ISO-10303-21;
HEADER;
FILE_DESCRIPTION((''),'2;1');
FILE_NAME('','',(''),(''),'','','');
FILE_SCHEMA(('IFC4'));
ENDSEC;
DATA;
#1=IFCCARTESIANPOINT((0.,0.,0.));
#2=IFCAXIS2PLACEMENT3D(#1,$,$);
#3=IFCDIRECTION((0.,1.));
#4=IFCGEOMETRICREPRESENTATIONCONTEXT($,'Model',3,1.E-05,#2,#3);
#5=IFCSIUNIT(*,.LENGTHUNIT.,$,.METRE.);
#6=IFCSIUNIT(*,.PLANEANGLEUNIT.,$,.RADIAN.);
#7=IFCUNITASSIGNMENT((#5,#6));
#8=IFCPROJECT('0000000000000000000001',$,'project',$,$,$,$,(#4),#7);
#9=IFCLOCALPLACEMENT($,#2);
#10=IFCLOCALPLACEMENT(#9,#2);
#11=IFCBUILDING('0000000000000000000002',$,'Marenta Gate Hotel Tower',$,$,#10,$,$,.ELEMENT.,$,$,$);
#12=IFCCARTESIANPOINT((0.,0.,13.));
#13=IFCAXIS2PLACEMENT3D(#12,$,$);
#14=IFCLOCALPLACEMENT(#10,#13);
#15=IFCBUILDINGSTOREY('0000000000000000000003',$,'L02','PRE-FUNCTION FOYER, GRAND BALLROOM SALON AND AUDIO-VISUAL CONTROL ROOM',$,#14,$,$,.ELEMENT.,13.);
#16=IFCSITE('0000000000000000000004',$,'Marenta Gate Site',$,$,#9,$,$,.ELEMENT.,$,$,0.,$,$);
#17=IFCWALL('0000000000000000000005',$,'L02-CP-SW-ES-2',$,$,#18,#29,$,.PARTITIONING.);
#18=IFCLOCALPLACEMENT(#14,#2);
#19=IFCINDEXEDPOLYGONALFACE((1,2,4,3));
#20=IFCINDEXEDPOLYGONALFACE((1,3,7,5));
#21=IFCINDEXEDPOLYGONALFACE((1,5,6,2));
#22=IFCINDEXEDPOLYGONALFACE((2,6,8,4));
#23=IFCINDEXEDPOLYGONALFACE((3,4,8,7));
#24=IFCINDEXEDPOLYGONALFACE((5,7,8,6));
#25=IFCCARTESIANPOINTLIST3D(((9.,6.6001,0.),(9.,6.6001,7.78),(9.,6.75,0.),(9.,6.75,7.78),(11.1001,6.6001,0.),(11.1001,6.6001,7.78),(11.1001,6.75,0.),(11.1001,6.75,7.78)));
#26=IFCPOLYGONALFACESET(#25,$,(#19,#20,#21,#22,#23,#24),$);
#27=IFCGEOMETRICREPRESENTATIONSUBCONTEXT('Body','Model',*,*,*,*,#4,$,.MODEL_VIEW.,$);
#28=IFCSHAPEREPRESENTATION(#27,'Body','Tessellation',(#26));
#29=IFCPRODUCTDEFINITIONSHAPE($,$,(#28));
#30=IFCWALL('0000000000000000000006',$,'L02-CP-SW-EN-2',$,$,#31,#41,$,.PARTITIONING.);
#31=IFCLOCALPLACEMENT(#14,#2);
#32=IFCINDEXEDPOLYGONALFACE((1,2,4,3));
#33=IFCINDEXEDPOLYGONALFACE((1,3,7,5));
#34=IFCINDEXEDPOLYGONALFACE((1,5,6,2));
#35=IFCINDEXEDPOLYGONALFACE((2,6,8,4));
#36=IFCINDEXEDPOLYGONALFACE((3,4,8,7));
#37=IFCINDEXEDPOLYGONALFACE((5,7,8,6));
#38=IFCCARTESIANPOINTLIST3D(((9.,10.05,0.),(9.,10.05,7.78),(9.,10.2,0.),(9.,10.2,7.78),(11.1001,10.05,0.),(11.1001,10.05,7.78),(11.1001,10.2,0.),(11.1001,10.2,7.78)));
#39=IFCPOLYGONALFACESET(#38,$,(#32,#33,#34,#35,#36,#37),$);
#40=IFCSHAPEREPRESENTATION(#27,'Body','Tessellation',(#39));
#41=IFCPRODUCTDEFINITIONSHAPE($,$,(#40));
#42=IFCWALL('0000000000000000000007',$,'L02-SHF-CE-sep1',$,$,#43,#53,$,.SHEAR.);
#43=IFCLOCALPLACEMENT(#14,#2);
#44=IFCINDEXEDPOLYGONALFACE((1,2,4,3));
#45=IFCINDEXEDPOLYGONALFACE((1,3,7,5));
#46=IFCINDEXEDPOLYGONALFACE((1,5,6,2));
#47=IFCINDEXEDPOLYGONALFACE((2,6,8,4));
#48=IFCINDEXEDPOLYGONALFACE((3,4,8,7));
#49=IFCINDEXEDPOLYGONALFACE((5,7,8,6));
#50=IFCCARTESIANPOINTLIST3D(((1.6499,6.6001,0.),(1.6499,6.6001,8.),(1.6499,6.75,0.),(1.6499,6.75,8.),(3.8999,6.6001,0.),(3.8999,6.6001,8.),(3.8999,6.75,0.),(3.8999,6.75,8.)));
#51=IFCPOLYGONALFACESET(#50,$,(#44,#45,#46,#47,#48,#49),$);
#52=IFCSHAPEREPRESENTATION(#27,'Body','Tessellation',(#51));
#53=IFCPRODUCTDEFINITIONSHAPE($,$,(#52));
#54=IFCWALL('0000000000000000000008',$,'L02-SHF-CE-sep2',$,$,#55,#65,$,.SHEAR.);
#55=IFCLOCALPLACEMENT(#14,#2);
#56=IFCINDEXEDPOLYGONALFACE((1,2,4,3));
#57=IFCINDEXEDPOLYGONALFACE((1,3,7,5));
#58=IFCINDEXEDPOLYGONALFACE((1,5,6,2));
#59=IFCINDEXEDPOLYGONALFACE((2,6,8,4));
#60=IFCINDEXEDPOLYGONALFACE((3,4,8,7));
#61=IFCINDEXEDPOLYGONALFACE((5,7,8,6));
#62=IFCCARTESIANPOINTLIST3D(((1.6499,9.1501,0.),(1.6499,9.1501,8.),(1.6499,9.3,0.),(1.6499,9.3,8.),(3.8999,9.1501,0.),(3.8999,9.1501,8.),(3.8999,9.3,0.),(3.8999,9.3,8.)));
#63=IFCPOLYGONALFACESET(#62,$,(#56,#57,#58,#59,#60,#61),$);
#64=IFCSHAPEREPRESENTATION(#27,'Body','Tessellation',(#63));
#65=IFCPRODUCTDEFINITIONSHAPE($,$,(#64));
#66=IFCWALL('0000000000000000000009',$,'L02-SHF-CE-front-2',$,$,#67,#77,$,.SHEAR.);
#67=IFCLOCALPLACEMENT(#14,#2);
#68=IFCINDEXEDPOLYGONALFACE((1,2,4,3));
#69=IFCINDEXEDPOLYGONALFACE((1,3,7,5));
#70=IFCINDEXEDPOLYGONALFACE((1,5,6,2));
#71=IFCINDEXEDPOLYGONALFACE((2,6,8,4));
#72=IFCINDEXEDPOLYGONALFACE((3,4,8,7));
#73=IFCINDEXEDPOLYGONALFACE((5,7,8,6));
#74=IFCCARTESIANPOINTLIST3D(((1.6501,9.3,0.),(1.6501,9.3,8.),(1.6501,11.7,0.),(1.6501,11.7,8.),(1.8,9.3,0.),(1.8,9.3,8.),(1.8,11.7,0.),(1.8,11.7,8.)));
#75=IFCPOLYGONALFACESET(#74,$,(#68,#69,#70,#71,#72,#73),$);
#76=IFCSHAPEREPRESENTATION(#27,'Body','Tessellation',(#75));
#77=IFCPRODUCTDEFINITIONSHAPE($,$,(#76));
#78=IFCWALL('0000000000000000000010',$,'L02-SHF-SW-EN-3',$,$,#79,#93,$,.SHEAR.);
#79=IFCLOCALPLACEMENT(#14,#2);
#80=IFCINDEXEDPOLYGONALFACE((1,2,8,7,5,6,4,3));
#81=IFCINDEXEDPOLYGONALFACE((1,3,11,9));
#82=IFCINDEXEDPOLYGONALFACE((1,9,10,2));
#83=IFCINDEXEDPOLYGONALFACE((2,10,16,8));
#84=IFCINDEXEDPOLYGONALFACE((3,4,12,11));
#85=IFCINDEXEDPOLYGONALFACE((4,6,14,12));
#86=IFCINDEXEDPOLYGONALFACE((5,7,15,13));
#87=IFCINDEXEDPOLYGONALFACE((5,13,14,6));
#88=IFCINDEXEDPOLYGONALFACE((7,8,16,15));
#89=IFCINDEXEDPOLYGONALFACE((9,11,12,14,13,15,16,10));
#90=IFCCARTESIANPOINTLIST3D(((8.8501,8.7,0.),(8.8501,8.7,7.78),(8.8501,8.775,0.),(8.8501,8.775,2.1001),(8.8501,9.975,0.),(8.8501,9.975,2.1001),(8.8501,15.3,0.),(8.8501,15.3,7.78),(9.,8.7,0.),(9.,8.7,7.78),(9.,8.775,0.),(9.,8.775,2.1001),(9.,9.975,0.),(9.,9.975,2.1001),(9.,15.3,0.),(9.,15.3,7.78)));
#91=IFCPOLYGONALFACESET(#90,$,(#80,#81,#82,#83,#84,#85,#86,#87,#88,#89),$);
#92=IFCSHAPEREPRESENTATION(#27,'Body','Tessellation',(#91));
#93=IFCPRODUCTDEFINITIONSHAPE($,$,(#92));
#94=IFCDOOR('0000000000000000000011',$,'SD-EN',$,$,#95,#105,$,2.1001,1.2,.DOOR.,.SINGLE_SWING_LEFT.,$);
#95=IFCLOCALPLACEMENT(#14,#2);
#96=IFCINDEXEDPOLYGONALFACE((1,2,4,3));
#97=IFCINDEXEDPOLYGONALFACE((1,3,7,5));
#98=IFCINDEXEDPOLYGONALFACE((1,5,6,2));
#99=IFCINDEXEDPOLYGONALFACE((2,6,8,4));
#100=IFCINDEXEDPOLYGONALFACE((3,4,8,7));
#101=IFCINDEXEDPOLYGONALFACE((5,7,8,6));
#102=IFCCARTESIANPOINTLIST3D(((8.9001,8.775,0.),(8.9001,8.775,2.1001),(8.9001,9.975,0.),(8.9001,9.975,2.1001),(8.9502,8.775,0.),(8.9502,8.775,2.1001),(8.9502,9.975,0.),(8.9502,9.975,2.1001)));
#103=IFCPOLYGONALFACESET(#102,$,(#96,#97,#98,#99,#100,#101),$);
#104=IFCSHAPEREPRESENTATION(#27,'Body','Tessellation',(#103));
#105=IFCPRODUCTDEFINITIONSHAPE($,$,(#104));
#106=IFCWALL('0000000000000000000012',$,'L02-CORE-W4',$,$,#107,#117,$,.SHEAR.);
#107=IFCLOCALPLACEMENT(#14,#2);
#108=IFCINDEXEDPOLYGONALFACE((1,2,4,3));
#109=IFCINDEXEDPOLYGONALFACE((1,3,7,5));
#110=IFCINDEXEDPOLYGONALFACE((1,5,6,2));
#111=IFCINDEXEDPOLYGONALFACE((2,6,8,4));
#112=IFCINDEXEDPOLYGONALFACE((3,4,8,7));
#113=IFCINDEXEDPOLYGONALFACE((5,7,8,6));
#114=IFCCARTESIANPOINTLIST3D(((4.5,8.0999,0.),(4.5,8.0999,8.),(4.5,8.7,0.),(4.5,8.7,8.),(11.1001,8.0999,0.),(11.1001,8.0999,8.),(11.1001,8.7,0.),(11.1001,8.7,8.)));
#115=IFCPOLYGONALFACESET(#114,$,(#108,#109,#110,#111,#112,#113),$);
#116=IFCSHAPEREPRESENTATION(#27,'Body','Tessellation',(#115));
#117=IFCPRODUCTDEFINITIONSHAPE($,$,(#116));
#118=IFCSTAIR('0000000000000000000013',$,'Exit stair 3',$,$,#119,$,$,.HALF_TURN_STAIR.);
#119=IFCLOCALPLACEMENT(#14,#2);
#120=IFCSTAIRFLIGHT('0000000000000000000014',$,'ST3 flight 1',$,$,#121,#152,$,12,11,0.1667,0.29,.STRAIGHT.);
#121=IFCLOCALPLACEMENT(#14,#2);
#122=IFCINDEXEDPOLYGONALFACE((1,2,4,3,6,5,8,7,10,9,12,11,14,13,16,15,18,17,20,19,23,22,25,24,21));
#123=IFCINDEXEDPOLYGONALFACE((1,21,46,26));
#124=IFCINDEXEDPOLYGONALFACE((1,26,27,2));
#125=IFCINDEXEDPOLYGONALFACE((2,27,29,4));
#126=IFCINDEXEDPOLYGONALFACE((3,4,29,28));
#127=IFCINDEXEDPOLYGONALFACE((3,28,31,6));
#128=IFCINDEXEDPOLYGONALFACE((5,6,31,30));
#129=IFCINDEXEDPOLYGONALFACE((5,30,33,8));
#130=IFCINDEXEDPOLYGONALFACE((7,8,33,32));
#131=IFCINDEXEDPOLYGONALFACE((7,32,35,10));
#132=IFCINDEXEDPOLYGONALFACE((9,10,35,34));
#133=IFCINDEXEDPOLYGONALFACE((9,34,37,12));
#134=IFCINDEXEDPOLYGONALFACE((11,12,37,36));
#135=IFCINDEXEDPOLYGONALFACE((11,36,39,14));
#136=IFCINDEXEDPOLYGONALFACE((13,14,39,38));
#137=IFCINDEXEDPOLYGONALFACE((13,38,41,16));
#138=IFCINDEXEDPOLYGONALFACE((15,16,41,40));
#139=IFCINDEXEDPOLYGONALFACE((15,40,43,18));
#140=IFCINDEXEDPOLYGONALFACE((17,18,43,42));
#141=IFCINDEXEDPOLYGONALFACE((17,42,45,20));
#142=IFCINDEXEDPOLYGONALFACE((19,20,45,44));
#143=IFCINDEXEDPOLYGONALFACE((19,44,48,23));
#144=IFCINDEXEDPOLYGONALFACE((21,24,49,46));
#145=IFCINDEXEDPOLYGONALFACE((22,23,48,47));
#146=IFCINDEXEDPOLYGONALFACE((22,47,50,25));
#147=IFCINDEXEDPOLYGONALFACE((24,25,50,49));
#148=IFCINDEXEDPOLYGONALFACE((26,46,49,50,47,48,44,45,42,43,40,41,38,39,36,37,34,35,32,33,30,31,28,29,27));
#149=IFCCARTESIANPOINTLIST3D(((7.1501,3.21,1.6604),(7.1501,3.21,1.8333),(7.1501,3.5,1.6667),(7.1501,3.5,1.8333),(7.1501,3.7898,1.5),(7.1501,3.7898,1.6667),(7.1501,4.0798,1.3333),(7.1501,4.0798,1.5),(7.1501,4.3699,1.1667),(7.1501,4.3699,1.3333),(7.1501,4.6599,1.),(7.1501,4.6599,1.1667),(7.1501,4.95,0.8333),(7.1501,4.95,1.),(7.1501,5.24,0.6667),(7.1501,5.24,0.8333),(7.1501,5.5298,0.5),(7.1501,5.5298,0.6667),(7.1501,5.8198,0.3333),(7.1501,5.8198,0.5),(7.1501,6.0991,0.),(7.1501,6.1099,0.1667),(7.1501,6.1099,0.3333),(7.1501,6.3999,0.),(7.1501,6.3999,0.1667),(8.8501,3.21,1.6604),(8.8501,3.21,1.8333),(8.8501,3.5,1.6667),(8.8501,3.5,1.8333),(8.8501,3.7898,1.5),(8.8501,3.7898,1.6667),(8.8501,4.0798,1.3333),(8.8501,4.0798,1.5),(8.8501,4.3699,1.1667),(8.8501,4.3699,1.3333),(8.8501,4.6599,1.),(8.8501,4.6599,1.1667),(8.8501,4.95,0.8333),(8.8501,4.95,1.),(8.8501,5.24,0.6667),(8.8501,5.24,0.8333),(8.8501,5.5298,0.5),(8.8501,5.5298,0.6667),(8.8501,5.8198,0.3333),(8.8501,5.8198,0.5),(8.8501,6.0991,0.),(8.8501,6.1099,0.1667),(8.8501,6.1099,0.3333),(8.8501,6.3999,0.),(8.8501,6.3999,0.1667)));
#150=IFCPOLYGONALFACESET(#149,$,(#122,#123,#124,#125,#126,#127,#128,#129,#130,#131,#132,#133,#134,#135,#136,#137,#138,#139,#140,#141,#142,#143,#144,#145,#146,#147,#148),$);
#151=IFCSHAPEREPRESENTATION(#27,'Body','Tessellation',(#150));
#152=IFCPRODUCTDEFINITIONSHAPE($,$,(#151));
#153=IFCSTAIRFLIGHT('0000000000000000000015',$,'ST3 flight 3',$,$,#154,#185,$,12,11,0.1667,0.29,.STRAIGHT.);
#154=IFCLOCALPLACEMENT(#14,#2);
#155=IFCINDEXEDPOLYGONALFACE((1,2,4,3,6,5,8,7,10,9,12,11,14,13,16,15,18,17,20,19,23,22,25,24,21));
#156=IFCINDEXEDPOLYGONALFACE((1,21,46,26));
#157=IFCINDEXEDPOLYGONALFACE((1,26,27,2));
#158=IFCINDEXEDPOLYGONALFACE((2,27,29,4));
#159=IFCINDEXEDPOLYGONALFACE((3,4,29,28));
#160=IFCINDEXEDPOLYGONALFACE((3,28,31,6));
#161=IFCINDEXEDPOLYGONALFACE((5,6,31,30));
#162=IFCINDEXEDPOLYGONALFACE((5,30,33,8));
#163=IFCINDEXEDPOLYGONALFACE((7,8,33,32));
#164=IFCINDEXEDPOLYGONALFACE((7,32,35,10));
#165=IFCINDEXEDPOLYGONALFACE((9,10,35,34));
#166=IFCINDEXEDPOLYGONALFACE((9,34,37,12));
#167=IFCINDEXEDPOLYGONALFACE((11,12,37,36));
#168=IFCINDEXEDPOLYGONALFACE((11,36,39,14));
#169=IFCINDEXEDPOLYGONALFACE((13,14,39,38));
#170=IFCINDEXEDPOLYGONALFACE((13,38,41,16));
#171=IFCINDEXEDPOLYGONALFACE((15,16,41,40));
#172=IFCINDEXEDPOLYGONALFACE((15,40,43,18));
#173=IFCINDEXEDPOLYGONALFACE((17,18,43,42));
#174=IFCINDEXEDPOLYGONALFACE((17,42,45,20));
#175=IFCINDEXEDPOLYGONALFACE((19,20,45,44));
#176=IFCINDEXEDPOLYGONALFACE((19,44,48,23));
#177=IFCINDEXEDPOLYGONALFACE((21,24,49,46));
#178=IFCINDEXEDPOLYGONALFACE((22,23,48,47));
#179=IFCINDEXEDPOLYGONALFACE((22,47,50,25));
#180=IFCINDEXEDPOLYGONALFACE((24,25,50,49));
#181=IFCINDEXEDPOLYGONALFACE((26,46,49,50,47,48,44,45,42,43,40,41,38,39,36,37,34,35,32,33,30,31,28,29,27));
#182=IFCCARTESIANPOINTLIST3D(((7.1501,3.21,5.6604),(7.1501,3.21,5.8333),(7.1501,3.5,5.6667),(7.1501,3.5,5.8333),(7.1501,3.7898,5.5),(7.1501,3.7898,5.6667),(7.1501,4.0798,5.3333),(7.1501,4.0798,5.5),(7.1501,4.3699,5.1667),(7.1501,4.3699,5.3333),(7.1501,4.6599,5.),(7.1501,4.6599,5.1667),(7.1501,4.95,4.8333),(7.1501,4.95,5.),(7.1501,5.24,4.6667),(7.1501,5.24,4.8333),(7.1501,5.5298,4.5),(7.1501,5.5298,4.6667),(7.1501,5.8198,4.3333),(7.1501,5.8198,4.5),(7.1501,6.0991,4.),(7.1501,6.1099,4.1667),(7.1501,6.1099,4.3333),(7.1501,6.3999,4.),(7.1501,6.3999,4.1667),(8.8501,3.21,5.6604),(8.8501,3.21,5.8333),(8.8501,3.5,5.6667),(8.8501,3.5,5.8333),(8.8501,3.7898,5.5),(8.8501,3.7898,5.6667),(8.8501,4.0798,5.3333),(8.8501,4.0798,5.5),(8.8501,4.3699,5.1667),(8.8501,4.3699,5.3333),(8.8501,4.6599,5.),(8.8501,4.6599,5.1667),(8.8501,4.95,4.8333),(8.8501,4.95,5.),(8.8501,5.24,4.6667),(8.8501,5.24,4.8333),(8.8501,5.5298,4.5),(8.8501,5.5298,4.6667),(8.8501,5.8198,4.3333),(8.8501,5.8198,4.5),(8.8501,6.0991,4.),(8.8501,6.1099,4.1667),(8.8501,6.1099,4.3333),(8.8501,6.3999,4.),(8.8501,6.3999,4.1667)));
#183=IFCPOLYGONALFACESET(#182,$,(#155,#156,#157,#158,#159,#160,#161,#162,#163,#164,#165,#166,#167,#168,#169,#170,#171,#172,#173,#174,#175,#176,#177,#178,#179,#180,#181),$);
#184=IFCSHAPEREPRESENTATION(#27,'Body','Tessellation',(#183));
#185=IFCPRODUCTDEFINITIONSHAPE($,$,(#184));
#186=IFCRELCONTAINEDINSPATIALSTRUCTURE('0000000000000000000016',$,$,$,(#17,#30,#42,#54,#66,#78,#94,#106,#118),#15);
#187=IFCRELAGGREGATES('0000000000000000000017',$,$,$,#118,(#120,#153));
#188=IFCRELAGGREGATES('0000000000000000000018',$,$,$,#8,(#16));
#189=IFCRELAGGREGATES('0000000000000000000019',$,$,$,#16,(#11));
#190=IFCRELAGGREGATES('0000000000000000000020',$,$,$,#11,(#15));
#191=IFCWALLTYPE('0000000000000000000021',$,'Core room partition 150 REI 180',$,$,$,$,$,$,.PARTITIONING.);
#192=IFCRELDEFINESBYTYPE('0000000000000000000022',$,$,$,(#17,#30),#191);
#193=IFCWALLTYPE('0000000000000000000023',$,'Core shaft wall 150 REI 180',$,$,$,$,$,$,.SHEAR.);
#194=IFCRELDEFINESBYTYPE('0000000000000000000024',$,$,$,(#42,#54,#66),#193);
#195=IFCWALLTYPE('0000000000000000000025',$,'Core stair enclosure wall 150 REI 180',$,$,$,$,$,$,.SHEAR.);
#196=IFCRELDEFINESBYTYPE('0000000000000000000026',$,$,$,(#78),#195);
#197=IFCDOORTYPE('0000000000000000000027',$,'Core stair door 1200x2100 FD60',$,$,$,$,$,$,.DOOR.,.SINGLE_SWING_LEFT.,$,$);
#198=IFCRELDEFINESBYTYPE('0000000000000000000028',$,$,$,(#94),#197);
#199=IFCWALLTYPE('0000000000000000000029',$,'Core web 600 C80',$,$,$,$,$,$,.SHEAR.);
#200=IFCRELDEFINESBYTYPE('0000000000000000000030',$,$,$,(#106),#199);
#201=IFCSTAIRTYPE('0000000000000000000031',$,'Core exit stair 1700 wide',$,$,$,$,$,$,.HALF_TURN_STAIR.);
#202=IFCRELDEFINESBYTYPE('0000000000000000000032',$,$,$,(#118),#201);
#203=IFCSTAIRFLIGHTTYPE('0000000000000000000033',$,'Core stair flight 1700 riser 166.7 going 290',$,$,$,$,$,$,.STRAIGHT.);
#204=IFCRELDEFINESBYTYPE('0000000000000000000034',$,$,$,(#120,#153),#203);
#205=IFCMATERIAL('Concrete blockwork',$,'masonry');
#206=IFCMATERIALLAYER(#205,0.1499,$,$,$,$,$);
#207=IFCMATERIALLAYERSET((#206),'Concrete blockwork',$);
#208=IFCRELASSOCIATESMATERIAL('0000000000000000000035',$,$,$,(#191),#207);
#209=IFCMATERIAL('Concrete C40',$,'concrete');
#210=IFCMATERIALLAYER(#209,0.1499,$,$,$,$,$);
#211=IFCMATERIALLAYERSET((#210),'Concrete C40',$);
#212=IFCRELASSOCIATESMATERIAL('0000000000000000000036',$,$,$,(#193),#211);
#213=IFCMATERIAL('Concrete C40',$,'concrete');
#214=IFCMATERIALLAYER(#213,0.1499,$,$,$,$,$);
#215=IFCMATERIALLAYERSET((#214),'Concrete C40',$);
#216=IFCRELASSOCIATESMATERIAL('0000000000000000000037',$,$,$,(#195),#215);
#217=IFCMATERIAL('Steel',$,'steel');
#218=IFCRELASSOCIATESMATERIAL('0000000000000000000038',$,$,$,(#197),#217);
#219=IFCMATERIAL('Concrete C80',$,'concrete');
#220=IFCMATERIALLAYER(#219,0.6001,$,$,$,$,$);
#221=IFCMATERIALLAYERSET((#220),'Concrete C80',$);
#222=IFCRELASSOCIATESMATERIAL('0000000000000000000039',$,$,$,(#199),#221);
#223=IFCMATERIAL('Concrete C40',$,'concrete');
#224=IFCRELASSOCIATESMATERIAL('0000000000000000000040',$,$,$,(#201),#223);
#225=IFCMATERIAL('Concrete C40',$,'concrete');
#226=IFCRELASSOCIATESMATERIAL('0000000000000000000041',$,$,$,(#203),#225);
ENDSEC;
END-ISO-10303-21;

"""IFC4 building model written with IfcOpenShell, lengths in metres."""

from ifc_helpers import new_model, si_unit, direction, frame, frame_2d, origin, place, context, subcontext, project, spatial, polyline, rectangle, outline, extrude, material, layer, layer_set, type_object, element, fill, aggregate, save


model = new_model("IFC4")

# Units and contexts
model_context = context("Model", 3, precision=1e-05, world=origin(), true_north=direction((0.0, 1.0)))
body_context = subcontext(model_context, "Body", "Model", "MODEL_VIEW")
ifc_project = project(units=[si_unit("LENGTHUNIT", "METRE"), si_unit("PLANEANGLEUNIT", "RADIAN")], contexts=[model_context])

# Site, building, storey
site_placement = place(None, origin())
site = spatial("IfcSite", under=ifc_project, at=site_placement, Name="Marenta Gate Site", CompositionType="ELEMENT", RefElevation=0.0)
building_placement = place(site_placement, origin())
building = spatial("IfcBuilding", under=site, at=building_placement, Name="Marenta Gate Hotel Tower", CompositionType="ELEMENT")
storey_placement = place(building_placement, frame((0.0, 0.0, 13.0)))
storey = spatial("IfcBuildingStorey", under=building, at=storey_placement, Name="L02", Description="PRE-FUNCTION FOYER, GRAND BALLROOM SALON AND AUDIO-VISUAL CONTROL ROOM", CompositionType="ELEMENT", Elevation=13.0)

# Walls
ifc_material_1 = material(Name="Concrete blockwork", Category="masonry")
ifc_layer_1 = layer(ifc_material_1, 0.1499)
ifc_layer_set_1 = layer_set([ifc_layer_1], Name="Concrete blockwork")
wall_type_1 = type_object("IfcWallType", Name="Core room partition 150 REI 180", PredefinedType="PARTITIONING", material=ifc_layer_set_1)
for number, where, z_axis, x_axis, name in (
    (1, (9.0, 6.675, 0.0), (0.0, 0.0, 1.0), (1.0, 0.0, 0.0), "L02-CP-SW-ES-2"),
    (2, (9.0, 10.125, 0.0), (0.0, 0.0, 1.0), (1.0, 0.0, 0.0), "L02-CP-SW-EN-2"),
):
    element("IfcWall", number, at=place(storey_placement, frame(where, z_axis=z_axis, x_axis=x_axis)), inside=storey, type_object=wall_type_1, Name=name, PredefinedType="PARTITIONING", context=body_context, shape_type="SweptSolid", body=[
        extrude(rectangle(XDim=2.1001, YDim=0.1499, at=frame_2d((1.05, 0.0))), origin(), (0.0, 0.0, 1.0), 7.78),
    ])
ifc_material_2 = material(Name="Concrete C40", Category="concrete")
ifc_layer_2 = layer(ifc_material_2, 0.1499)
ifc_layer_set_2 = layer_set([ifc_layer_2], Name="Concrete C40")
wall_type_2 = type_object("IfcWallType", Name="Core shaft wall 150 REI 180", PredefinedType="SHEAR", material=ifc_layer_set_2)
for number, where, z_axis, x_axis, name in (
    (3, (1.6499, 6.675, 0.0), (0.0, 0.0, 1.0), (1.0, 0.0, 0.0), "L02-SHF-CE-sep1"),
    (4, (1.6499, 9.2251, 0.0), (0.0, 0.0, 1.0), (1.0, 0.0, 0.0), "L02-SHF-CE-sep2"),
):
    element("IfcWall", number, at=place(storey_placement, frame(where, z_axis=z_axis, x_axis=x_axis)), inside=storey, type_object=wall_type_2, Name=name, PredefinedType="SHEAR", context=body_context, shape_type="SweptSolid", body=[
        extrude(rectangle(XDim=2.25, YDim=0.1499, at=frame_2d((1.125, 0.0))), origin(), (0.0, 0.0, 1.0), 8.0),
    ])
wall_1_placement = place(storey_placement, frame((1.7251, 9.3, 0.0), z_axis=(0.0, 0.0, 1.0), x_axis=(0.0, 1.0, 0.0)))
element("IfcWall", 5, at=wall_1_placement, inside=storey, type_object=wall_type_2, Name="L02-SHF-CE-front-2", PredefinedType="SHEAR", context=body_context, shape_type="SweptSolid", body=[
    extrude(rectangle(XDim=2.3999, YDim=0.1499, at=frame_2d((1.2, 0.0))), origin(), (0.0, 0.0, 1.0), 8.0),
])

# Wall, opening, door
ifc_material_3 = material(Name="Concrete C40", Category="concrete")
ifc_layer_3 = layer(ifc_material_3, 0.1499)
ifc_layer_set_3 = layer_set([ifc_layer_3], Name="Concrete C40")
wall_type_3 = type_object("IfcWallType", Name="Core stair enclosure wall 150 REI 180", PredefinedType="SHEAR", material=ifc_layer_set_3)
wall_2_placement = place(storey_placement, frame((8.925, 8.7, 0.0), z_axis=(0.0, 0.0, 1.0), x_axis=(0.0, 1.0, 0.0)))
wall_2 = element("IfcWall", 6, at=wall_2_placement, inside=storey, type_object=wall_type_3, Name="L02-SHF-SW-EN-3", PredefinedType="SHEAR", context=body_context, shape_type="SweptSolid", body=[
    extrude(rectangle(XDim=6.6001, YDim=0.1499, at=frame_2d((3.3, 0.0))), origin(), (0.0, 0.0, 1.0), 7.78),
])
opening_placement = place(wall_2_placement, frame((0.075, 0.0, 0.0)))
opening = element("IfcOpeningElement", 7, at=opening_placement, cuts=wall_2, PredefinedType="OPENING", context=body_context, shape_type="SweptSolid", body=[
    extrude(rectangle(XDim=1.2, YDim=2.1001, at=frame_2d((0.6001, 1.05))), frame((0.0, 0.075, 0.0), z_axis=(0.0, -1.0, 0.0), x_axis=(1.0, 0.0, 0.0)), (0.0, 0.0, 1.0), 0.1499),
])
ifc_material_4 = material(Name="Steel", Category="steel")
door_type = type_object("IfcDoorType", Name="Core stair door 1200x2100 FD60", OperationType="SINGLE_SWING_LEFT", PredefinedType="DOOR", material=ifc_material_4)
door_placement = place(opening_placement, origin())
door = element("IfcDoor", 8, at=door_placement, inside=storey, type_object=door_type, Name="SD-EN", OperationType="SINGLE_SWING_LEFT", OverallHeight=2.1001, OverallWidth=1.2, PredefinedType="DOOR", context=body_context, shape_type="SweptSolid", body=[
    extrude(rectangle(XDim=1.2, YDim=2.1001, at=frame_2d((0.6001, 1.05))), frame((0.0, 0.0249, 0.0), z_axis=(0.0, -1.0, 0.0), x_axis=(1.0, 0.0, 0.0)), (0.0, 0.0, 1.0), 0.05),
])
fill(opening, door)

# Wall
ifc_material_5 = material(Name="Concrete C80", Category="concrete")
ifc_layer_4 = layer(ifc_material_5, 0.6001)
ifc_layer_set_4 = layer_set([ifc_layer_4], Name="Concrete C80")
wall_type_4 = type_object("IfcWallType", Name="Core web 600 C80", PredefinedType="SHEAR", material=ifc_layer_set_4)
wall_3_placement = place(storey_placement, frame((4.5, 8.3999, 0.0), z_axis=(0.0, 0.0, 1.0), x_axis=(1.0, 0.0, 0.0)))
element("IfcWall", 9, at=wall_3_placement, inside=storey, type_object=wall_type_4, Name="L02-CORE-W4", PredefinedType="SHEAR", context=body_context, shape_type="SweptSolid", body=[
    extrude(rectangle(XDim=6.6001, YDim=0.6001, at=frame_2d((3.3, 0.0))), origin(), (0.0, 0.0, 1.0), 8.0),
])

# Stair, stair flights
ifc_material_6 = material(Name="Concrete C40", Category="concrete")
stair_type = type_object("IfcStairType", Name="Core exit stair 1700 wide", PredefinedType="HALF_TURN_STAIR", material=ifc_material_6)
stair_1_placement = place(storey_placement, origin())
stair_1 = element("IfcStair", 10, at=stair_1_placement, inside=storey, type_object=stair_type, Name="Exit stair 3", PredefinedType="HALF_TURN_STAIR")
ifc_material_7 = material(Name="Concrete C40", Category="concrete")
stair_flight_type = type_object("IfcStairFlightType", Name="Core stair flight 1700 riser 166.7 going 290", PredefinedType="STRAIGHT", material=ifc_material_7)
stair_flight_1_placement = place(storey_placement, frame((8.0, 6.3999, 0.0), z_axis=(0.0, 0.0, 1.0), x_axis=(0.0, -1.0, 0.0)))
stair_flight_1 = element("IfcStairFlight", 11, at=stair_flight_1_placement, type_object=stair_flight_type, Name="ST3 flight 1", NumberOfRisers=12, NumberOfTreads=11, PredefinedType="STRAIGHT", RiserHeight=0.1667, TreadLength=0.29, context=body_context, shape_type="SweptSolid", body=[
    extrude(outline(polyline([(0.0, 0.0), (0.0, 0.1667), (0.29, 0.1667), (0.29, 0.3333), (0.5801, 0.3333), (0.5801, 0.5), (0.8701, 0.5), (0.8701, 0.6667), (1.1599, 0.6667), (1.1599, 0.8333), (1.45, 0.8333), (1.45, 1.0), (1.74, 1.0), (1.74, 1.1667), (2.03, 1.1667), (2.03, 1.3333), (2.3201, 1.3333), (2.3201, 1.5), (2.6101, 1.5), (2.6101, 1.6667), (2.8999, 1.6667), (2.8999, 1.8333), (3.1899, 1.8333), (3.1899, 2.0), (3.1899, 1.6604), (0.3008, 0.0), (0.0, 0.0)])), frame((0.0, 0.8501, 0.0), z_axis=(0.0, -1.0, 0.0), x_axis=(1.0, 0.0, 0.0)), (0.0, 0.0, 1.0), 1.7),
])
stair_flight_2_placement = place(storey_placement, frame((8.0, 6.3999, 4.0), z_axis=(0.0, 0.0, 1.0), x_axis=(0.0, -1.0, 0.0)))
stair_flight_2 = element("IfcStairFlight", 12, at=stair_flight_2_placement, type_object=stair_flight_type, Name="ST3 flight 3", NumberOfRisers=12, NumberOfTreads=11, PredefinedType="STRAIGHT", RiserHeight=0.1667, TreadLength=0.29, context=body_context, shape_type="SweptSolid", body=[
    extrude(outline(polyline([(0.0, 0.0), (0.0, 0.1667), (0.29, 0.1667), (0.29, 0.3333), (0.5801, 0.3333), (0.5801, 0.5), (0.8701, 0.5), (0.8701, 0.6667), (1.1599, 0.6667), (1.1599, 0.8333), (1.45, 0.8333), (1.45, 1.0), (1.74, 1.0), (1.74, 1.1667), (2.03, 1.1667), (2.03, 1.3333), (2.3201, 1.3333), (2.3201, 1.5), (2.6101, 1.5), (2.6101, 1.6667), (2.8999, 1.6667), (2.8999, 1.8333), (3.1899, 1.8333), (3.1899, 2.0), (3.1899, 1.6604), (0.3008, 0.0), (0.0, 0.0)])), frame((0.0, 0.8501, 0.0), z_axis=(0.0, -1.0, 0.0), x_axis=(1.0, 0.0, 0.0)), (0.0, 0.0, 1.0), 1.7),
])
aggregate(stair_1, [stair_flight_1, stair_flight_2])

save(model, "model.ifc")
